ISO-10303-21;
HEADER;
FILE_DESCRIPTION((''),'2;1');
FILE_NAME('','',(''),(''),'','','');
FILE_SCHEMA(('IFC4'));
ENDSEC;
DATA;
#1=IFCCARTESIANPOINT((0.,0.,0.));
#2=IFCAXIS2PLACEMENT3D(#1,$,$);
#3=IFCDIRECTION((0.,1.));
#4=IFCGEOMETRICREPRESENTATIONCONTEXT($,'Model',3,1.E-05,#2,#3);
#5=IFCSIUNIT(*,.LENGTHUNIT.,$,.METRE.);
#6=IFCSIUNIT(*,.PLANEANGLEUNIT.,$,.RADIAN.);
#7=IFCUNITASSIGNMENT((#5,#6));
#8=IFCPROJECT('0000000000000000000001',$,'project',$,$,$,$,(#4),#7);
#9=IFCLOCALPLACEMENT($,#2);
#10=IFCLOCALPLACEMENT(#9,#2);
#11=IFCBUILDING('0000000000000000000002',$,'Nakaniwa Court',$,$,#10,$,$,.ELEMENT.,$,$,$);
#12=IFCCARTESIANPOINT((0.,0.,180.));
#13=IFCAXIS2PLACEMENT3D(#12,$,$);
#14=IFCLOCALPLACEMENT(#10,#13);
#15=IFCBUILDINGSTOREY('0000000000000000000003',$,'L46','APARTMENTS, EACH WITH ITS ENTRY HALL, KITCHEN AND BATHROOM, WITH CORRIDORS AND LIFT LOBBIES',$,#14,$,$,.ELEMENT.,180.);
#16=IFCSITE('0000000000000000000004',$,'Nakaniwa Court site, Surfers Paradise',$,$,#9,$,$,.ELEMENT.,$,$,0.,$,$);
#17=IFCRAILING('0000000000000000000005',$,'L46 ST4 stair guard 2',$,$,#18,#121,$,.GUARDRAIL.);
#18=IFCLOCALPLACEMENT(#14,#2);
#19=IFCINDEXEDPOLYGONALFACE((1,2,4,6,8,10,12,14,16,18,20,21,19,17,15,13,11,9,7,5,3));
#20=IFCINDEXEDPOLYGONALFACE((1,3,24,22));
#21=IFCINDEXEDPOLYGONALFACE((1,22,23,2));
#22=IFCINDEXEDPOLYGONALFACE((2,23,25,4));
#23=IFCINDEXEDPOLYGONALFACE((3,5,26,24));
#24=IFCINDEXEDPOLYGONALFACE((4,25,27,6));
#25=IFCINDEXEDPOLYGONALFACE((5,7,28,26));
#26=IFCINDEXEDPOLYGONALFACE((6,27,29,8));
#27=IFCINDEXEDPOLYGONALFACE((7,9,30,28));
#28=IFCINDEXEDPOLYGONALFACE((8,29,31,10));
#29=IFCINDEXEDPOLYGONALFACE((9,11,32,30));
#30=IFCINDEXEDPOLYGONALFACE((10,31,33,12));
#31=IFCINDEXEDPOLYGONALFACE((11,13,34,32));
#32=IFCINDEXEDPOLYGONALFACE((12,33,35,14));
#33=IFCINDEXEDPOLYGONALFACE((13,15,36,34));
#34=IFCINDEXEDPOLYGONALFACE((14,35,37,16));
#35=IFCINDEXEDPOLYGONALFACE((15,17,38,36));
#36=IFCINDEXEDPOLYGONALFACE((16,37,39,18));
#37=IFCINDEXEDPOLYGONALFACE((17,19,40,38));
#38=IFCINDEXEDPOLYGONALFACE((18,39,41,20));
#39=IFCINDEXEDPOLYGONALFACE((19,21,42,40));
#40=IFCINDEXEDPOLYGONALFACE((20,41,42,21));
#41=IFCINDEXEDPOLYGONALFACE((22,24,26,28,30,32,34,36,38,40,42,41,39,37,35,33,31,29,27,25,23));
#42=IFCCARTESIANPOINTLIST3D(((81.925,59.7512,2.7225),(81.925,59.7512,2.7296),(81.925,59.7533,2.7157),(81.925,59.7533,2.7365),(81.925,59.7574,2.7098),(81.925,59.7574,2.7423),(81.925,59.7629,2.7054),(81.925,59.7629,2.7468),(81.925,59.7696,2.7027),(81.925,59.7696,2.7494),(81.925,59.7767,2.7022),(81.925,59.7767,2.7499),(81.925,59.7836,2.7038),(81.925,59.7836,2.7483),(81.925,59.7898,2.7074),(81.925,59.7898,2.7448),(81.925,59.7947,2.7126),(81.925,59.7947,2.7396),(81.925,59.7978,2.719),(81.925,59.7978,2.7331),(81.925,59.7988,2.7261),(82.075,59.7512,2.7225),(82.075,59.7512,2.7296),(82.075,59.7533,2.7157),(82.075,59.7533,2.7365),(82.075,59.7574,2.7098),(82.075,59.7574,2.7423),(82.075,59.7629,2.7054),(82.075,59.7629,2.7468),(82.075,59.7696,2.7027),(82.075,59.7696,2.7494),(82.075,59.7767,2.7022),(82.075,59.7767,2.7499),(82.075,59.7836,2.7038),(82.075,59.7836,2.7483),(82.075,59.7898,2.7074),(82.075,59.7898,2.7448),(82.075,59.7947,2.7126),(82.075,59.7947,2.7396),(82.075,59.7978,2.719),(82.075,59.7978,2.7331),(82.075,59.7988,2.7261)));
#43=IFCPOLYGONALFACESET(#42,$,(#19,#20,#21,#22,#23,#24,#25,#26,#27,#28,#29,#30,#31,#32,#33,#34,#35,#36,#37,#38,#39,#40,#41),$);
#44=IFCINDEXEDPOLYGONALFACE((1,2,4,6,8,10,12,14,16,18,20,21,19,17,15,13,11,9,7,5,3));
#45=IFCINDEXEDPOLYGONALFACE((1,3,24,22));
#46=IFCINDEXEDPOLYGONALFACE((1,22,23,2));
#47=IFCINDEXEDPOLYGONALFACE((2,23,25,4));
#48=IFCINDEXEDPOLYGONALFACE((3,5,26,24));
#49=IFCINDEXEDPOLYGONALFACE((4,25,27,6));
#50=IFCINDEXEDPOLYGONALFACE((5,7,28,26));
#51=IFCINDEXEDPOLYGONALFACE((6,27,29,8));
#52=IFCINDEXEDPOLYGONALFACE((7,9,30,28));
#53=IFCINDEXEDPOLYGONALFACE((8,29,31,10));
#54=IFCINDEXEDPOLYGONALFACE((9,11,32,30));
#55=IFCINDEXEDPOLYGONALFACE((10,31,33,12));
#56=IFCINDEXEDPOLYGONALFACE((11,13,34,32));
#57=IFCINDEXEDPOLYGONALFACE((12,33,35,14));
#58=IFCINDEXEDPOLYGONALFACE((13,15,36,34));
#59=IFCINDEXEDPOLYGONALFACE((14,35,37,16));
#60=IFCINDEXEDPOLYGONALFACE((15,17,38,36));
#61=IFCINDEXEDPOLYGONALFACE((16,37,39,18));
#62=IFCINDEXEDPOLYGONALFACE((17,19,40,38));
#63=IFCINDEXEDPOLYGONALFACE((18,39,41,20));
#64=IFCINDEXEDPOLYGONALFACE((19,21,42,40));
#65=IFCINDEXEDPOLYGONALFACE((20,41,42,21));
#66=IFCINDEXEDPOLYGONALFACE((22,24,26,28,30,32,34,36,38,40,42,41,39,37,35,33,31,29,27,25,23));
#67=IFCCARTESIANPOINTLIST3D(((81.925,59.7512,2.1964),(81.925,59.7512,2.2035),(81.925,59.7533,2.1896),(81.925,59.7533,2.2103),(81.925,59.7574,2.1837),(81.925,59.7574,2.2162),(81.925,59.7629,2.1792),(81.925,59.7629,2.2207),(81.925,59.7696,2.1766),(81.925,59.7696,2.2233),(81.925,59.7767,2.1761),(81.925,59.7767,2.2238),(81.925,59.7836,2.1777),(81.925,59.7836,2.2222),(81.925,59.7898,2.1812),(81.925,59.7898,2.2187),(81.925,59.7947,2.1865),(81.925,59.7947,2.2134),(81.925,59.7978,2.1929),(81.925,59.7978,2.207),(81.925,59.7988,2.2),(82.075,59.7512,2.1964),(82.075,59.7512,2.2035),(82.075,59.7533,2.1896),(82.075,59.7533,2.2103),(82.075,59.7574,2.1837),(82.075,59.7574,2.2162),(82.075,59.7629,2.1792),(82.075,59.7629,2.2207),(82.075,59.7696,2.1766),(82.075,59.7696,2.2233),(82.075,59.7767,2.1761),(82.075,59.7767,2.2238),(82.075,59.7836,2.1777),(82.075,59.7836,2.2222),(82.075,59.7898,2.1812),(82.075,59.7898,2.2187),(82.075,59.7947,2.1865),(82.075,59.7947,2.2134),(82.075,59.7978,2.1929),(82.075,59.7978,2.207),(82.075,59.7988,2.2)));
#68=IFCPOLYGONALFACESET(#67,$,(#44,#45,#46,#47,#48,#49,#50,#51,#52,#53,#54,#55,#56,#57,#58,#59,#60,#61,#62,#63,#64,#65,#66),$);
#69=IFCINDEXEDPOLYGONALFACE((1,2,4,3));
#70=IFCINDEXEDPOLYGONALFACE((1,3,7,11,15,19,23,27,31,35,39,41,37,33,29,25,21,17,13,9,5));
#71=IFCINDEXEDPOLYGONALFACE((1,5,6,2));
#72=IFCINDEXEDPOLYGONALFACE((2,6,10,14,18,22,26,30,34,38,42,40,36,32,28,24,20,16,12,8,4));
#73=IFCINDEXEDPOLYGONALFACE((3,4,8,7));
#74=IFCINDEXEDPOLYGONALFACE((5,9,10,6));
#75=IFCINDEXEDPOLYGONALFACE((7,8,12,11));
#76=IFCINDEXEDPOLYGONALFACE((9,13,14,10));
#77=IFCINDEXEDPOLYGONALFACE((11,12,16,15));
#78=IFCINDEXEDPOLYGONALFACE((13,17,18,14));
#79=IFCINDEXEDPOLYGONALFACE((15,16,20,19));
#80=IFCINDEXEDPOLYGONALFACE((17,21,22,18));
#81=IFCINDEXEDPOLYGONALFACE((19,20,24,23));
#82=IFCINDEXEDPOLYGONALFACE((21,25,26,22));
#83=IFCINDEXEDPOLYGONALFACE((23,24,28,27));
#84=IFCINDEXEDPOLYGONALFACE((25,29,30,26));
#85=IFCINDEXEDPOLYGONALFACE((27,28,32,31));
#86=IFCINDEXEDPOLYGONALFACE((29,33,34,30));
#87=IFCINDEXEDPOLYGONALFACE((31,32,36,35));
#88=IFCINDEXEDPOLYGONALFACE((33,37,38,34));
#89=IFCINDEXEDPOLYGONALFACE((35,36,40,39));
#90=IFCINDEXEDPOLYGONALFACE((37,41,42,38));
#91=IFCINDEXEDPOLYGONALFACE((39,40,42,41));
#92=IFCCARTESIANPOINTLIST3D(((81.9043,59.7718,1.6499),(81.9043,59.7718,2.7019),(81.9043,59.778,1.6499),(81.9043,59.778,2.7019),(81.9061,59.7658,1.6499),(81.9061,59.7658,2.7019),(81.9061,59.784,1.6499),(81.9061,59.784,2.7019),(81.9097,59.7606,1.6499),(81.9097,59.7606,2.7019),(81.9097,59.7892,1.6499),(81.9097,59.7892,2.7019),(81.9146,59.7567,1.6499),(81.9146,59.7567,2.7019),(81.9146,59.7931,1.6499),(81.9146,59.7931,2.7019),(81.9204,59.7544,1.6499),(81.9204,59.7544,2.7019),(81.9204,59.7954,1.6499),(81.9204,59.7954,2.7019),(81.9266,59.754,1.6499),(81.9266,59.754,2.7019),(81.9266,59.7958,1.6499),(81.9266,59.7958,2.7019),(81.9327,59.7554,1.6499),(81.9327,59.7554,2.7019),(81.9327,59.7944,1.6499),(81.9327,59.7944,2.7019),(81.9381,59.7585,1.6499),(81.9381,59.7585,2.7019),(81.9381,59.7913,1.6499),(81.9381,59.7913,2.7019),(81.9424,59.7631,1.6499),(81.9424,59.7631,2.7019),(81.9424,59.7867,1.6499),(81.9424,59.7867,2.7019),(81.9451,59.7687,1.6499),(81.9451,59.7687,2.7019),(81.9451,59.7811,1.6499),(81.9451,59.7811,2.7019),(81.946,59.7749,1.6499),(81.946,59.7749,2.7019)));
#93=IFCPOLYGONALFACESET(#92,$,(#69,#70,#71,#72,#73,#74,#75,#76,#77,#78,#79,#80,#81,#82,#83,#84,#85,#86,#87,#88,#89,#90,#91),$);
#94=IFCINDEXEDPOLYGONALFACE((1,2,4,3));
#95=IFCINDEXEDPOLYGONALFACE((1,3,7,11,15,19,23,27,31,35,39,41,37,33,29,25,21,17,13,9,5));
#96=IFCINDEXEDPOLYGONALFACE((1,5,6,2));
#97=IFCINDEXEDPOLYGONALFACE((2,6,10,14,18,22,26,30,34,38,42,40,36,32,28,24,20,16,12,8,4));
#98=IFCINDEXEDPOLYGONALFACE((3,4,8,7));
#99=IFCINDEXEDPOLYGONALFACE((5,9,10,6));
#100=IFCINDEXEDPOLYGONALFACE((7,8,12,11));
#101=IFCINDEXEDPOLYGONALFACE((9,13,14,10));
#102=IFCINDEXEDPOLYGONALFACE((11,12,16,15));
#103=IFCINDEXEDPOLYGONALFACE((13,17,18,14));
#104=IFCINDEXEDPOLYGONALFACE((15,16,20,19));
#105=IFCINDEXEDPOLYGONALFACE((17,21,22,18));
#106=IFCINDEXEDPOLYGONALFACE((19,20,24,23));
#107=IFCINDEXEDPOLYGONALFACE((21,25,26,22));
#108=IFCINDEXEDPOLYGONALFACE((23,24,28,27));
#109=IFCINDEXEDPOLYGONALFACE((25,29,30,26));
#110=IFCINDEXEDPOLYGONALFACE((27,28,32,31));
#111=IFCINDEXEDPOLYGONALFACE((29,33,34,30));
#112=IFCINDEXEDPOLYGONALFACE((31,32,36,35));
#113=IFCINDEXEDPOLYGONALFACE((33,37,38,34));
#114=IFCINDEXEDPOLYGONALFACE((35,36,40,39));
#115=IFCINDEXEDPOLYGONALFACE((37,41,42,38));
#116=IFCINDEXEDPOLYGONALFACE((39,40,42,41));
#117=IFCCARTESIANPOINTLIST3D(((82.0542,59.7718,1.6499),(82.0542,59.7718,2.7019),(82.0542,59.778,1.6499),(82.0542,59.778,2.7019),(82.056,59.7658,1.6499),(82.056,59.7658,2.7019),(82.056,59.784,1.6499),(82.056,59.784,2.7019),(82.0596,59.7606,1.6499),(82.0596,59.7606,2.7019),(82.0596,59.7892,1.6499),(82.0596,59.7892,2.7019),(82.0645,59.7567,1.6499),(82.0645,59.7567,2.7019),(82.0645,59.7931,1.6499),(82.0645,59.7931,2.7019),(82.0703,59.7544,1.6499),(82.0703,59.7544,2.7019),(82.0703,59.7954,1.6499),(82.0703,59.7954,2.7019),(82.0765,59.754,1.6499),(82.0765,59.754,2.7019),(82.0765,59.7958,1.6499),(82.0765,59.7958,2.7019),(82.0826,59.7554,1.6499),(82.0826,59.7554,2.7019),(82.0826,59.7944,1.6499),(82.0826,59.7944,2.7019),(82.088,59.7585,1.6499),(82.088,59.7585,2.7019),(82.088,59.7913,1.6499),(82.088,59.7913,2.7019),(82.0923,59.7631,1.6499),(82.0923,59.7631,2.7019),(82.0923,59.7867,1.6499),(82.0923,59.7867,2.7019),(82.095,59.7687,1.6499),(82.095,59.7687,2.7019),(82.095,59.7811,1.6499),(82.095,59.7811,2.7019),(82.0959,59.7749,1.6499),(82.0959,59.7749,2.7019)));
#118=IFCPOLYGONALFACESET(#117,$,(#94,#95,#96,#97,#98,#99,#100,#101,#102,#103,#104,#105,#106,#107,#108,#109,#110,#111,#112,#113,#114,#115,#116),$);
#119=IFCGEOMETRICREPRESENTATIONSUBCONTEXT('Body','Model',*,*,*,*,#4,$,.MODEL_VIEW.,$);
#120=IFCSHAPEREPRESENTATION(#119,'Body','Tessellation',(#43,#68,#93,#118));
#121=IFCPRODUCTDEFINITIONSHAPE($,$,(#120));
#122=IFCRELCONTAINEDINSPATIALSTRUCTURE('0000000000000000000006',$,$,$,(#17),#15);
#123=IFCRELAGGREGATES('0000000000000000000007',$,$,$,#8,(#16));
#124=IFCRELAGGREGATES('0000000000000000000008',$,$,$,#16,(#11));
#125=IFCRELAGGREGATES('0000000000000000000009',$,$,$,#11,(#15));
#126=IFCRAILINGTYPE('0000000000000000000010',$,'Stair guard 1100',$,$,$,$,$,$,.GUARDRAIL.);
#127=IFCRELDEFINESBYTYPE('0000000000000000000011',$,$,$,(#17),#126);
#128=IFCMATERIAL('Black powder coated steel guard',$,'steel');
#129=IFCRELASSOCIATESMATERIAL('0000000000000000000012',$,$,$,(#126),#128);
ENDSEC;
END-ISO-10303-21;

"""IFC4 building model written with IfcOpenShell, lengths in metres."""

from ifc_helpers import new_model, si_unit, direction, frame, origin, origin_2d, place, context, subcontext, project, spatial, circle, extrude, material, type_object, element, save


model = new_model("IFC4")

# Units and contexts
model_context = context("Model", 3, precision=1e-05, world=origin(), true_north=direction((0.0, 1.0)))
body_context = subcontext(model_context, "Body", "Model", "MODEL_VIEW")
ifc_project = project(units=[si_unit("LENGTHUNIT", "METRE"), si_unit("PLANEANGLEUNIT", "RADIAN")], contexts=[model_context])

# Site, building, storey
site_placement = place(None, origin())
site = spatial("IfcSite", under=ifc_project, at=site_placement, Name="Nakaniwa Court site, Surfers Paradise", CompositionType="ELEMENT", RefElevation=0.0)
building_placement = place(site_placement, origin())
building = spatial("IfcBuilding", under=site, at=building_placement, Name="Nakaniwa Court", CompositionType="ELEMENT")
storey_placement = place(building_placement, frame((0.0, 0.0, 180.0)))
storey = spatial("IfcBuildingStorey", under=building, at=storey_placement, Name="L46", Description="APARTMENTS, EACH WITH ITS ENTRY HALL, KITCHEN AND BATHROOM, WITH CORRIDORS AND LIFT LOBBIES", CompositionType="ELEMENT", Elevation=180.0)

# Railing
ifc_material_1 = material(Name="Black powder coated steel guard", Category="steel")
railing_type_1 = type_object("IfcRailingType", Name="Stair guard 1100", PredefinedType="GUARDRAIL", material=ifc_material_1)
railing_1_placement = place(storey_placement, frame((81.925, 59.7749, 1.6499)))
element("IfcRailing", 1, at=railing_1_placement, inside=storey, type_object=railing_type_1, Name="L46 ST4 stair guard 2", PredefinedType="GUARDRAIL", context=body_context, shape_type="SweptSolid", body=[
    extrude(circle(Radius=0.0239, at=origin_2d()), frame((0.0, 0.0, 1.0762), z_axis=(1.0, 0.0, 0.0), x_axis=(0.0, 1.0, 0.0)), (0.0, 0.0, 1.0), 0.1499),
    extrude(circle(Radius=0.0239, at=origin_2d()), frame((0.0, 0.0, 0.55), z_axis=(1.0, 0.0, 0.0), x_axis=(0.0, 1.0, 0.0)), (0.0, 0.0, 1.0), 0.1499),
    extrude(circle(Radius=0.021, at=origin_2d()), origin(), (0.0, 0.0, 1.0), 1.052),
    extrude(circle(Radius=0.021, at=origin_2d()), frame((0.1499, 0.0, 0.0)), (0.0, 0.0, 1.0), 1.052),
])

save(model, "model.ifc")
